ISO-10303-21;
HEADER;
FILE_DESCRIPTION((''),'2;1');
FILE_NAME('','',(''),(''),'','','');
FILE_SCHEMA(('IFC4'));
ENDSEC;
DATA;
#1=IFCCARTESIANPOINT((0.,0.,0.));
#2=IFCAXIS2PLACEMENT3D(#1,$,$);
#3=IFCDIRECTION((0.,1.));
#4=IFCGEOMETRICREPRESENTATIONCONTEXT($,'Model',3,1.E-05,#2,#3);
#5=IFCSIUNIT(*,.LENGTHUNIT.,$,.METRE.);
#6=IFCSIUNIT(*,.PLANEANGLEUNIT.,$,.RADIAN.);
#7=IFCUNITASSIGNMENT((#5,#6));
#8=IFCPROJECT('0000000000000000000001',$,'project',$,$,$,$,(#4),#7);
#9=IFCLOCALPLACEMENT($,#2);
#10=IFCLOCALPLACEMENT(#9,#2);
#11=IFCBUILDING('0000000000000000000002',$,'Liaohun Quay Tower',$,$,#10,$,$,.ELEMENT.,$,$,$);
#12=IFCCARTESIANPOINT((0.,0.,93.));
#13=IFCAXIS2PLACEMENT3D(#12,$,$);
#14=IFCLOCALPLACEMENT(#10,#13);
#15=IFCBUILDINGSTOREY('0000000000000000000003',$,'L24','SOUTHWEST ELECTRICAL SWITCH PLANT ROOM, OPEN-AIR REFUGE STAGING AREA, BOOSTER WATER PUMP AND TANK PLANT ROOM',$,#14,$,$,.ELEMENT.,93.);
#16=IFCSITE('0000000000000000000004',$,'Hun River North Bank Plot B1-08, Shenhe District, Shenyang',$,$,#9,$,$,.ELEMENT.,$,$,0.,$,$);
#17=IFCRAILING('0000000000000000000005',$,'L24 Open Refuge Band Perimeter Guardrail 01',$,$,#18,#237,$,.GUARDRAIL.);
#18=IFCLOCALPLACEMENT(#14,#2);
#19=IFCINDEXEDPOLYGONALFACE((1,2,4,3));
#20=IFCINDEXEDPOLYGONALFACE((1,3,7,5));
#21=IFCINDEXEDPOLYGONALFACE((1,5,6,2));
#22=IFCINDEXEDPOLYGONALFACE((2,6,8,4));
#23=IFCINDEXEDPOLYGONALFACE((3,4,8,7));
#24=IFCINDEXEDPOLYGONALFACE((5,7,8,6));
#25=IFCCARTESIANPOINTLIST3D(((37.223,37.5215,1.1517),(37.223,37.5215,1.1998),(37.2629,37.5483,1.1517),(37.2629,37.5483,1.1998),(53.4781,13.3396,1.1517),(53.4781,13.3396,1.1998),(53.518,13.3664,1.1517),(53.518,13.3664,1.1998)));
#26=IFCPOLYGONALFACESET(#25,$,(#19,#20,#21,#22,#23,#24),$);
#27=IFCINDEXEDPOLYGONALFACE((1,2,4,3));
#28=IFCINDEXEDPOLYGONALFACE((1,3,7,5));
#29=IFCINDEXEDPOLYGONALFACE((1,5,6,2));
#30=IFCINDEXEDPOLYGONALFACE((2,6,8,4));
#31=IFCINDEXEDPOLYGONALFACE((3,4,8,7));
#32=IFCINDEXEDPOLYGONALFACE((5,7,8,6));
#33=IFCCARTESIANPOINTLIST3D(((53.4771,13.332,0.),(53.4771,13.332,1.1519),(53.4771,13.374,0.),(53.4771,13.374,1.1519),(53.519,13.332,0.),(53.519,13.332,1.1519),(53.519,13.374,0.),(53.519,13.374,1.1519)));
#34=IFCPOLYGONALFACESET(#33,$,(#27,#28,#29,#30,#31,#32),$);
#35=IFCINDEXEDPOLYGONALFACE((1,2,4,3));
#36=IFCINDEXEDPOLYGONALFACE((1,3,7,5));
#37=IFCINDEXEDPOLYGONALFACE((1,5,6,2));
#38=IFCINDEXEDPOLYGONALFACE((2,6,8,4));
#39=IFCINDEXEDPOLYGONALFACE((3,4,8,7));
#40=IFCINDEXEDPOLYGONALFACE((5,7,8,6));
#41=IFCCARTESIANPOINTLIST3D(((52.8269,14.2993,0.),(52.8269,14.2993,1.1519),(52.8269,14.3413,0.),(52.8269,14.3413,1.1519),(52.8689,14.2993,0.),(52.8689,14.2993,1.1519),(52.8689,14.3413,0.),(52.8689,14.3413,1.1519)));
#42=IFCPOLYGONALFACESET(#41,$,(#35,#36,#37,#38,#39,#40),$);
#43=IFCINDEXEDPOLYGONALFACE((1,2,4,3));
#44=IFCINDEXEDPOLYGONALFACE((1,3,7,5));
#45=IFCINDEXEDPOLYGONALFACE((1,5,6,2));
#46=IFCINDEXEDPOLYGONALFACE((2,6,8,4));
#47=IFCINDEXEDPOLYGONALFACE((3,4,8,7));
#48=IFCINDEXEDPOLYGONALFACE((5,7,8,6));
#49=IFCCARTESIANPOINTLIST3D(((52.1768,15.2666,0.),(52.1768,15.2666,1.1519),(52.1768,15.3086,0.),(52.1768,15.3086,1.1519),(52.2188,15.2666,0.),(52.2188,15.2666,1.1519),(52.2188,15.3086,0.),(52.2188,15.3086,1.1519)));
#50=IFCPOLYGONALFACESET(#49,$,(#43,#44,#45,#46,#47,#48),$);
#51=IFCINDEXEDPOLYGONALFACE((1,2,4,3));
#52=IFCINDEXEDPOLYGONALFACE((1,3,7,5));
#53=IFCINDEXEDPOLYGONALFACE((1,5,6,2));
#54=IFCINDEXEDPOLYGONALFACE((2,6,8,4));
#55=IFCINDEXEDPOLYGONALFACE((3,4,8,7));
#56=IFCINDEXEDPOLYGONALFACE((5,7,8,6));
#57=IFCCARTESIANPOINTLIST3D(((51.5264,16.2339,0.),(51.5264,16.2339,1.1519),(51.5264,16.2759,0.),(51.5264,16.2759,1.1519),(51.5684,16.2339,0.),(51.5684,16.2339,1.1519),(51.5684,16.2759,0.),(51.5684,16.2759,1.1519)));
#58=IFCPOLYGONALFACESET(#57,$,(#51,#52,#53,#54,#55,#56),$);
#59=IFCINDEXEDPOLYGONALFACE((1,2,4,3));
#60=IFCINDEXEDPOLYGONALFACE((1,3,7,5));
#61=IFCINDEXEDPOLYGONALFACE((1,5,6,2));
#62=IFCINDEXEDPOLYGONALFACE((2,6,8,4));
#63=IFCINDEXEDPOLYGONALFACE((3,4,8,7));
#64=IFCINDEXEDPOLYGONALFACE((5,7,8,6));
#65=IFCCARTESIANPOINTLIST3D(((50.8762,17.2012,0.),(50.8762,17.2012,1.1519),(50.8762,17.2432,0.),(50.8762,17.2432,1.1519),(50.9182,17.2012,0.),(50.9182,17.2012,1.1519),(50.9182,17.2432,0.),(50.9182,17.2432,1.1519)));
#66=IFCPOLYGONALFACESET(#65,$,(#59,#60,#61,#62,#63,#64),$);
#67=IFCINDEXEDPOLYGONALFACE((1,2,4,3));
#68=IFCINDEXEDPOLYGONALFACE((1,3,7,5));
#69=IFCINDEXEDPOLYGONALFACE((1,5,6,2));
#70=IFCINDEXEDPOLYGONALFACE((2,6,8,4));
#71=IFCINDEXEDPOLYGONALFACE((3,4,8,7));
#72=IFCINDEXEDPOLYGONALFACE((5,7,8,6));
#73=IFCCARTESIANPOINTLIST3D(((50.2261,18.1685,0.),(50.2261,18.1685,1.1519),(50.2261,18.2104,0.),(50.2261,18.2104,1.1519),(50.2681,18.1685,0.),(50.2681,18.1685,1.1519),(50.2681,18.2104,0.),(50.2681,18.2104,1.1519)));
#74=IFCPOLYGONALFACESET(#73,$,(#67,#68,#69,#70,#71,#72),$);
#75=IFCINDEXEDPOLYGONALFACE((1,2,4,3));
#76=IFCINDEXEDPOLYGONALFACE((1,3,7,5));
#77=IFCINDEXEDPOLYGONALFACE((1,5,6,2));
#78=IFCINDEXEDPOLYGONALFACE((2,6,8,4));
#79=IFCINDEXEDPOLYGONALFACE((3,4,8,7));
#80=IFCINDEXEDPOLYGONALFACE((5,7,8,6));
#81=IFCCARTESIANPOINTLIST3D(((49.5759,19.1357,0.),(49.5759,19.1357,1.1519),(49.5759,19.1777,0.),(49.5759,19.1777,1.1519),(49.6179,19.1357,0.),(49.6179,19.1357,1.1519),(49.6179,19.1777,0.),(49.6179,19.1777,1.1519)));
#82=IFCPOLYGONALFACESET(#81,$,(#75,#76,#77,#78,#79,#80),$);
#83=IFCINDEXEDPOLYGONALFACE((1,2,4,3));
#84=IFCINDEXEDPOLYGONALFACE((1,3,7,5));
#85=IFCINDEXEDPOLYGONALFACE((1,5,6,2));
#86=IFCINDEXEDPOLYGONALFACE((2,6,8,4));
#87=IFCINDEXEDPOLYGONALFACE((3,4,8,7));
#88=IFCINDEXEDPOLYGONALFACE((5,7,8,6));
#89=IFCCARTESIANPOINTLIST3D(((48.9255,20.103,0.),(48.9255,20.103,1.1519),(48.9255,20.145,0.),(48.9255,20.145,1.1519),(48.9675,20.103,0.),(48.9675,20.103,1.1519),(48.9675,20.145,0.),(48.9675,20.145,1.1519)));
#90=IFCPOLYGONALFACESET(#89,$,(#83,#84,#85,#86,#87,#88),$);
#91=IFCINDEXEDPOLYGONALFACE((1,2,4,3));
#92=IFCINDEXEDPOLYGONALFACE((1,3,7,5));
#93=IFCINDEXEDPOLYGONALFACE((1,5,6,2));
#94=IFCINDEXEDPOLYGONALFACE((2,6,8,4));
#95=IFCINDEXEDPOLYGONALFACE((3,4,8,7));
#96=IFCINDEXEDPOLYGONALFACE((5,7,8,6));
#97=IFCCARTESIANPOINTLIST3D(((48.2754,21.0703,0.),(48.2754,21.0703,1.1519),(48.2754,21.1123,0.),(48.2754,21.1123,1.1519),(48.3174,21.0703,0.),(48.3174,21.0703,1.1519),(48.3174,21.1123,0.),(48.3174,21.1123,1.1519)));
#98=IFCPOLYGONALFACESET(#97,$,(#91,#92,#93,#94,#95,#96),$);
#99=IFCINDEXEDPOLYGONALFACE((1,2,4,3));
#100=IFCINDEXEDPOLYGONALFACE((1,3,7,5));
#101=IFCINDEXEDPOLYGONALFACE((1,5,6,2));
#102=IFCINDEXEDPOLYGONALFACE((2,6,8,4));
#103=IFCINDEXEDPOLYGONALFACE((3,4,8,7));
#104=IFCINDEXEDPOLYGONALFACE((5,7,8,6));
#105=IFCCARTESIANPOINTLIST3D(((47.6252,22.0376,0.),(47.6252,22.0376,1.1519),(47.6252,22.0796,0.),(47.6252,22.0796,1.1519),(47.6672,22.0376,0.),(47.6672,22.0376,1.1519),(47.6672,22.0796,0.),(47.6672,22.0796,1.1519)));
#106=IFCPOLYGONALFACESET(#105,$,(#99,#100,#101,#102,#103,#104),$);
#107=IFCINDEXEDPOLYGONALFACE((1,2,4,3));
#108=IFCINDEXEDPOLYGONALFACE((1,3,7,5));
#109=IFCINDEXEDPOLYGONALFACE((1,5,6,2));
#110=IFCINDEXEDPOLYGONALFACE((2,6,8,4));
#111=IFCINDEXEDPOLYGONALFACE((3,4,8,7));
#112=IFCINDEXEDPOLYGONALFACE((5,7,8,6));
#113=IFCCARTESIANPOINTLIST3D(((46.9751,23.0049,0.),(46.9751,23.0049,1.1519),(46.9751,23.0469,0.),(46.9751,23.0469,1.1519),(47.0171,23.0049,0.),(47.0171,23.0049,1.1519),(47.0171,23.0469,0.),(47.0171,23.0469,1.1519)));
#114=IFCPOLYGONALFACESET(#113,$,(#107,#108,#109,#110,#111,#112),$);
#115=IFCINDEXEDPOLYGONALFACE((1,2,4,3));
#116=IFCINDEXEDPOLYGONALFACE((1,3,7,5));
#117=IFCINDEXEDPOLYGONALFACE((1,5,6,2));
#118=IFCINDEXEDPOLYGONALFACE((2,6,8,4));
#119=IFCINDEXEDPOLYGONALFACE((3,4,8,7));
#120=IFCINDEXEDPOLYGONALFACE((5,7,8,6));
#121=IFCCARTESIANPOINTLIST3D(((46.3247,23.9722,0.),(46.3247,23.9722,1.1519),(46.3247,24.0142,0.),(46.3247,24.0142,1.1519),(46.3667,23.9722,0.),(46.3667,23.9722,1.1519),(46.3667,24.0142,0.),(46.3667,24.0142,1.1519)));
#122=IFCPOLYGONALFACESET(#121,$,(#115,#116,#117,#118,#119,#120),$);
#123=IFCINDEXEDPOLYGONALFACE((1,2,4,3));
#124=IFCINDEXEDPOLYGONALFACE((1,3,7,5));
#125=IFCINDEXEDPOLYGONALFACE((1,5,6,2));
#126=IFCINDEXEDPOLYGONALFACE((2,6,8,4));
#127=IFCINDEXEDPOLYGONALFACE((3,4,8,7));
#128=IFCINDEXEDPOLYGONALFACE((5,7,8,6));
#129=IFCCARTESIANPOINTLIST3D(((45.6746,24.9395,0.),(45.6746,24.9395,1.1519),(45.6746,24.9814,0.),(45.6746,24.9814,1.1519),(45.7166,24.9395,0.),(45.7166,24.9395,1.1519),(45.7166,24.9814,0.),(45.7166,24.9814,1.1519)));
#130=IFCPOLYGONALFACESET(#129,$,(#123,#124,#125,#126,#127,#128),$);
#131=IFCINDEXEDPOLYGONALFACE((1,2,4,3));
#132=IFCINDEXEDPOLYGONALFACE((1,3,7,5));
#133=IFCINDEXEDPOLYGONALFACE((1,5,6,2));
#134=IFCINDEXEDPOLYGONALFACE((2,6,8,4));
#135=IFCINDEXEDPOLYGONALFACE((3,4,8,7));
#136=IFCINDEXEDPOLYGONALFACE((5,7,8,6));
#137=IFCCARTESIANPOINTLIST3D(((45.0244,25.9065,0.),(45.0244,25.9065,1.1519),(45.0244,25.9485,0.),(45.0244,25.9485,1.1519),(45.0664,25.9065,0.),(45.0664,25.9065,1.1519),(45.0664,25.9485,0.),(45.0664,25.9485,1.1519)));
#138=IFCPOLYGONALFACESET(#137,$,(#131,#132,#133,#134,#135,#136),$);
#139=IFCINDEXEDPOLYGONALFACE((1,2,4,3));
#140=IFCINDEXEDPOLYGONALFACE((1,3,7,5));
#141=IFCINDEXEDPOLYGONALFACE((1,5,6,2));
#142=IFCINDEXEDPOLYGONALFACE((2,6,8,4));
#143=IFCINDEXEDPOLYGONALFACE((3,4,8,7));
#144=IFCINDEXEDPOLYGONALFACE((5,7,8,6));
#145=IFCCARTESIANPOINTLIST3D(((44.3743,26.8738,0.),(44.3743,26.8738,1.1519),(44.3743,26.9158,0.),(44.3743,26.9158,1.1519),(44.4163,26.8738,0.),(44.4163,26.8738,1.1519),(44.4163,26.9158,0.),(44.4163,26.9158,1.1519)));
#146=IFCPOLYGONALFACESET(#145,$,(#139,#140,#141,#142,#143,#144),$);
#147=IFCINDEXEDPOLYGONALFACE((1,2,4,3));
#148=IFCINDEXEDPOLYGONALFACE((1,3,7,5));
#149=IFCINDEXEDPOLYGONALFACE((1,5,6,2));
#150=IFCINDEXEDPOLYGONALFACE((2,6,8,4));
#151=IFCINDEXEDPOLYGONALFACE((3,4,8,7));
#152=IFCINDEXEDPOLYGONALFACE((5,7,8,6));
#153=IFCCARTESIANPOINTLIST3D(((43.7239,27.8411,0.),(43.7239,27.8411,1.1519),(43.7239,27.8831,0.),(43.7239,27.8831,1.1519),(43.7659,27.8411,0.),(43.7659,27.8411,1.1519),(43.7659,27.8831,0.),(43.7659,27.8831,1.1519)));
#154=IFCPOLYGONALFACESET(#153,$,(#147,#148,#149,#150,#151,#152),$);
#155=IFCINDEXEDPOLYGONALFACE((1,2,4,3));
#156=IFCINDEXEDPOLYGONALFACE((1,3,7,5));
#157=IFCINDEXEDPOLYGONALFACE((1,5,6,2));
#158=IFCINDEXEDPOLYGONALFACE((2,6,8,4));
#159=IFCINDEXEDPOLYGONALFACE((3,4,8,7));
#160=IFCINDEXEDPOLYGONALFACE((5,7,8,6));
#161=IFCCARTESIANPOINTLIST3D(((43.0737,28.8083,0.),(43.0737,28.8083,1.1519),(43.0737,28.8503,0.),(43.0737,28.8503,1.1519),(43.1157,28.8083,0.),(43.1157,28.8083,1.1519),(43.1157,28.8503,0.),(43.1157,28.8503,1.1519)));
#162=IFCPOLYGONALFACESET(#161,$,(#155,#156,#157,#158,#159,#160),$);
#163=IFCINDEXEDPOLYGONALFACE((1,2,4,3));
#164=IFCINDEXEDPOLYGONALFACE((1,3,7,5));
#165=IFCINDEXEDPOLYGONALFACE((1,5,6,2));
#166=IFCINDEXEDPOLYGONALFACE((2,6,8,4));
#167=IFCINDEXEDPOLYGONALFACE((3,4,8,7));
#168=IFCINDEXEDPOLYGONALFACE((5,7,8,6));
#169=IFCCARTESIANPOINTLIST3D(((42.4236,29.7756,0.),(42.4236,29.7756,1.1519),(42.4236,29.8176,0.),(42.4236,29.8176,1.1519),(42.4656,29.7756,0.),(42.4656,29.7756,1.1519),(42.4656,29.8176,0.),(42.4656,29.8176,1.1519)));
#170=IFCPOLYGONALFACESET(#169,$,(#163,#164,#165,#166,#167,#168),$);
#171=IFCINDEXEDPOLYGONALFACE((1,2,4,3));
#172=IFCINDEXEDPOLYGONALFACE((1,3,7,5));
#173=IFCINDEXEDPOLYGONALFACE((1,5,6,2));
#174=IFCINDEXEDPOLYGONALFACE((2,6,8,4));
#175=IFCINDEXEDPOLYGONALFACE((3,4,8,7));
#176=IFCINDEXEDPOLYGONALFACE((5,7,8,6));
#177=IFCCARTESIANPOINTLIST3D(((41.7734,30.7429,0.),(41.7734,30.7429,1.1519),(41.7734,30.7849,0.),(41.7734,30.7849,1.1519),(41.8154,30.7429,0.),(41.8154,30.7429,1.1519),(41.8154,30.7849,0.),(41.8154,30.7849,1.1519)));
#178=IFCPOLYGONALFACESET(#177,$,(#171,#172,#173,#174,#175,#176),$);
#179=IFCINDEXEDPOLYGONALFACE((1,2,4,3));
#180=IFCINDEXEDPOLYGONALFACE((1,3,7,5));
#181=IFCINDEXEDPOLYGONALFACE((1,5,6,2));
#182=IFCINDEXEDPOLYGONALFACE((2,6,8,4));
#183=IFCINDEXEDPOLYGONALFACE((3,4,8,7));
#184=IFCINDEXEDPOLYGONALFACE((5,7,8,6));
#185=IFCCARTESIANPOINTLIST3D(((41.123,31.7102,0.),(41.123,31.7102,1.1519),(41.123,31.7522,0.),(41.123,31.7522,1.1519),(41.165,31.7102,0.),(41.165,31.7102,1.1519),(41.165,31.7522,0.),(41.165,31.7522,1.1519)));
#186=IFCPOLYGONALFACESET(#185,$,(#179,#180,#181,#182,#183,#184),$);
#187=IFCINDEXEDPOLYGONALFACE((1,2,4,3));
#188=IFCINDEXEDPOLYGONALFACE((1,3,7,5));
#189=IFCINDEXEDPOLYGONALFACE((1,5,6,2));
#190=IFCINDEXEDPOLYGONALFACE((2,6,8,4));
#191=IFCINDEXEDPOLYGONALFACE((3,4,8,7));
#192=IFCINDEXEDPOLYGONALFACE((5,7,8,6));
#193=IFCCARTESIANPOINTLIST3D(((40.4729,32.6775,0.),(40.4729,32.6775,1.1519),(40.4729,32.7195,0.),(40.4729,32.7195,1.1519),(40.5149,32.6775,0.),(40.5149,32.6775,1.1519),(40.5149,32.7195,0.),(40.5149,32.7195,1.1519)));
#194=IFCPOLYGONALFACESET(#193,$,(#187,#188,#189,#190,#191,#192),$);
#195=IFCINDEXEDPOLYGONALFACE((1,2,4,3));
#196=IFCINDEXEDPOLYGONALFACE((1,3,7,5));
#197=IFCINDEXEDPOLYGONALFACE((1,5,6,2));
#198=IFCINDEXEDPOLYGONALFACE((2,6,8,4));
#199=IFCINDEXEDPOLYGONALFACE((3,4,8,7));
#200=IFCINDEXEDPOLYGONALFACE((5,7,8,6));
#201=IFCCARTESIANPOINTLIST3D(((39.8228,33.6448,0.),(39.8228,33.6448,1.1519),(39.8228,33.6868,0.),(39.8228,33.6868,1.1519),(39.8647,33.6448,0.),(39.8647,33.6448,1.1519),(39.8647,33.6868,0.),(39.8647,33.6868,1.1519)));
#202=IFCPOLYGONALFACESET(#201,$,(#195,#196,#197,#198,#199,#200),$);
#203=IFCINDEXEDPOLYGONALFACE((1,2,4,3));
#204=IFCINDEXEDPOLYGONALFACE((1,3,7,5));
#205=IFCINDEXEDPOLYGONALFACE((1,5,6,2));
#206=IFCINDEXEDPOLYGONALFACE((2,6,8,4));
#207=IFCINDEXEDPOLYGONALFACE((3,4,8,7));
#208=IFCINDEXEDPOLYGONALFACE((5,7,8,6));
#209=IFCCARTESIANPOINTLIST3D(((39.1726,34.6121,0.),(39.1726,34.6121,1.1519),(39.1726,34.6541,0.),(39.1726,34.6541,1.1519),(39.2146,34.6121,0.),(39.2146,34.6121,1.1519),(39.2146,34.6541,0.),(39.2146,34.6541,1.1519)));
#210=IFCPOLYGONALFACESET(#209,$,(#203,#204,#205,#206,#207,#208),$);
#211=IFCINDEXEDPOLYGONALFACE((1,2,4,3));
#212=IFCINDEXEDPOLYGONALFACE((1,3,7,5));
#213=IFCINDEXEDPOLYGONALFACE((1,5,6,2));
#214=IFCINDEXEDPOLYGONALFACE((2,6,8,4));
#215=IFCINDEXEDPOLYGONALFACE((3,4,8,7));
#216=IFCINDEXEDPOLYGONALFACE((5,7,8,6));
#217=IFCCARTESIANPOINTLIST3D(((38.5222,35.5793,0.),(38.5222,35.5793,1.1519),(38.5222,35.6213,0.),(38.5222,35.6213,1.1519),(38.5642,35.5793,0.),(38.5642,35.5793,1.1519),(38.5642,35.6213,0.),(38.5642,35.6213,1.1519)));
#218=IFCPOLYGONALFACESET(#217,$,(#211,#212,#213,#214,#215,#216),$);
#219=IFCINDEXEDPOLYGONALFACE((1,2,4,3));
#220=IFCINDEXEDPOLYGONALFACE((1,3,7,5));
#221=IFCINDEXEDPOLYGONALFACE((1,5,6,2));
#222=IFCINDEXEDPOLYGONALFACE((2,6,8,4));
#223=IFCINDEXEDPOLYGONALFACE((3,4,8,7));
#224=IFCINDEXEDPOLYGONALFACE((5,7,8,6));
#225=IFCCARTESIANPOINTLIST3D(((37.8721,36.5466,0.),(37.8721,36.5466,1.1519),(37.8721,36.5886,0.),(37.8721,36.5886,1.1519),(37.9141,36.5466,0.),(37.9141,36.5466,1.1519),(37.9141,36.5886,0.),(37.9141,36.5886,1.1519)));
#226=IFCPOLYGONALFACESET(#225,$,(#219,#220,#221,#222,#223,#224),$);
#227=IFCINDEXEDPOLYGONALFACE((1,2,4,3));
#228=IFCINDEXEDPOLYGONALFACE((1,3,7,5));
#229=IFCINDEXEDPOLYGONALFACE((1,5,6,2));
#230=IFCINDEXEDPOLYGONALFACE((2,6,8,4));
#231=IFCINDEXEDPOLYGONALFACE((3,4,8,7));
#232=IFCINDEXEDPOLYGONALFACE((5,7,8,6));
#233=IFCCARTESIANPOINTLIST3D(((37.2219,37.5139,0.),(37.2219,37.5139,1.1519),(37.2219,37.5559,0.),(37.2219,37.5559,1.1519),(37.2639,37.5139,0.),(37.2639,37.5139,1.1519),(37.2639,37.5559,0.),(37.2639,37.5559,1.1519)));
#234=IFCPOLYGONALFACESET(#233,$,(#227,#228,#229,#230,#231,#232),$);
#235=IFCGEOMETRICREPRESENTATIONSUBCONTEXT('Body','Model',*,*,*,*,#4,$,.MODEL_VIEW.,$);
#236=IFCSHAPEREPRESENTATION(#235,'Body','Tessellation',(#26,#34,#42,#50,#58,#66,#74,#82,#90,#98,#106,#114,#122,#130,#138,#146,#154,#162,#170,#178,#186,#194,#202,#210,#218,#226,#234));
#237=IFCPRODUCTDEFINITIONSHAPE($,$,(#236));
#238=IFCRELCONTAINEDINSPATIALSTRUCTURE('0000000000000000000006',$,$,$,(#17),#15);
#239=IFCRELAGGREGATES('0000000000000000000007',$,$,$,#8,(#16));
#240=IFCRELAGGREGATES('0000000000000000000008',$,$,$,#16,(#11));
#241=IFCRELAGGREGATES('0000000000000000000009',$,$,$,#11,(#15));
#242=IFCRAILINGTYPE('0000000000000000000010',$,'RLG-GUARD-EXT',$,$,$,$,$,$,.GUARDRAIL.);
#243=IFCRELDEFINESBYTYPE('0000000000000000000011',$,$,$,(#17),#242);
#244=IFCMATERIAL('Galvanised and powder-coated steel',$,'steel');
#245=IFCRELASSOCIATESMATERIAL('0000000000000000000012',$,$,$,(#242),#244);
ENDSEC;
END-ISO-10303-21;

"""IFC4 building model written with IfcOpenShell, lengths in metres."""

from ifc_helpers import new_model, si_unit, direction, frame, origin, origin_2d, place, context, subcontext, project, spatial, rectangle, extrude, material, type_object, element, save


model = new_model("IFC4")

# Units and contexts
model_context = context("Model", 3, precision=1e-05, world=origin(), true_north=direction((0.0, 1.0)))
body_context = subcontext(model_context, "Body", "Model", "MODEL_VIEW")
ifc_project = project(units=[si_unit("LENGTHUNIT", "METRE"), si_unit("PLANEANGLEUNIT", "RADIAN")], contexts=[model_context])

# Site, building, storey
site_placement = place(None, origin())
site = spatial("IfcSite", under=ifc_project, at=site_placement, Name="Hun River North Bank Plot B1-08, Shenhe District, Shenyang", CompositionType="ELEMENT", RefElevation=0.0)
building_placement = place(site_placement, origin())
building = spatial("IfcBuilding", under=site, at=building_placement, Name="Liaohun Quay Tower", CompositionType="ELEMENT")
storey_placement = place(building_placement, frame((0.0, 0.0, 93.0)))
storey = spatial("IfcBuildingStorey", under=building, at=storey_placement, Name="L24", Description="SOUTHWEST ELECTRICAL SWITCH PLANT ROOM, OPEN-AIR REFUGE STAGING AREA, BOOSTER WATER PUMP AND TANK PLANT ROOM", CompositionType="ELEMENT", Elevation=93.0)

# Railing
ifc_material_1 = material(Name="Galvanised and powder-coated steel", Category="steel")
railing_type = type_object("IfcRailingType", Name="RLG-GUARD-EXT", PredefinedType="GUARDRAIL", material=ifc_material_1)
railing_placement = place(storey_placement, frame((53.498, 13.353, 0.0)))
element("IfcRailing", 1, at=railing_placement, inside=storey, type_object=railing_type, Name="L24 Open Refuge Band Perimeter Guardrail 01", PredefinedType="GUARDRAIL", context=body_context, shape_type="SweptSolid", body=[
    extrude(rectangle(XDim=0.0481, YDim=0.0481, at=origin_2d()), frame((0.0, 0.0, 1.1758), z_axis=(-0.557877, 0.829924, 0.0), x_axis=(-0.829924, -0.557877, 0.0)), (0.0, 0.0, 1.0), 29.1375),
    extrude(rectangle(XDim=0.042, YDim=0.042, at=origin_2d()), origin(), (0.0, 0.0, 1.0), 1.1519),
    extrude(rectangle(XDim=0.042, YDim=0.042, at=origin_2d()), frame((-0.6501, 0.9673, 0.0)), (0.0, 0.0, 1.0), 1.1519),
    extrude(rectangle(XDim=0.042, YDim=0.042, at=origin_2d()), frame((-1.3003, 1.9346, 0.0)), (0.0, 0.0, 1.0), 1.1519),
    extrude(rectangle(XDim=0.042, YDim=0.042, at=origin_2d()), frame((-1.9507, 2.9019, 0.0)), (0.0, 0.0, 1.0), 1.1519),
    extrude(rectangle(XDim=0.042, YDim=0.042, at=origin_2d()), frame((-2.6008, 3.8691, 0.0)), (0.0, 0.0, 1.0), 1.1519),
    extrude(rectangle(XDim=0.042, YDim=0.042, at=origin_2d()), frame((-3.251, 4.8364, 0.0)), (0.0, 0.0, 1.0), 1.1519),
    extrude(rectangle(XDim=0.042, YDim=0.042, at=origin_2d()), frame((-3.9011, 5.8037, 0.0)), (0.0, 0.0, 1.0), 1.1519),
    extrude(rectangle(XDim=0.042, YDim=0.042, at=origin_2d()), frame((-4.5515, 6.771, 0.0)), (0.0, 0.0, 1.0), 1.1519),
    extrude(rectangle(XDim=0.042, YDim=0.042, at=origin_2d()), frame((-5.2017, 7.7383, 0.0)), (0.0, 0.0, 1.0), 1.1519),
    extrude(rectangle(XDim=0.042, YDim=0.042, at=origin_2d()), frame((-5.8518, 8.7056, 0.0)), (0.0, 0.0, 1.0), 1.1519),
    extrude(rectangle(XDim=0.042, YDim=0.042, at=origin_2d()), frame((-6.502, 9.6729, 0.0)), (0.0, 0.0, 1.0), 1.1519),
    extrude(rectangle(XDim=0.042, YDim=0.042, at=origin_2d()), frame((-7.1523, 10.6401, 0.0)), (0.0, 0.0, 1.0), 1.1519),
    extrude(rectangle(XDim=0.042, YDim=0.042, at=origin_2d()), frame((-7.8025, 11.6074, 0.0)), (0.0, 0.0, 1.0), 1.1519),
    extrude(rectangle(XDim=0.042, YDim=0.042, at=origin_2d()), frame((-8.4526, 12.5745, 0.0)), (0.0, 0.0, 1.0), 1.1519),
    extrude(rectangle(XDim=0.042, YDim=0.042, at=origin_2d()), frame((-9.1028, 13.5417, 0.0)), (0.0, 0.0, 1.0), 1.1519),
    extrude(rectangle(XDim=0.042, YDim=0.042, at=origin_2d()), frame((-9.7532, 14.509, 0.0)), (0.0, 0.0, 1.0), 1.1519),
    extrude(rectangle(XDim=0.042, YDim=0.042, at=origin_2d()), frame((-10.4033, 15.4763, 0.0)), (0.0, 0.0, 1.0), 1.1519),
    extrude(rectangle(XDim=0.042, YDim=0.042, at=origin_2d()), frame((-11.0535, 16.4436, 0.0)), (0.0, 0.0, 1.0), 1.1519),
    extrude(rectangle(XDim=0.042, YDim=0.042, at=origin_2d()), frame((-11.7036, 17.4109, 0.0)), (0.0, 0.0, 1.0), 1.1519),
    extrude(rectangle(XDim=0.042, YDim=0.042, at=origin_2d()), frame((-12.354, 18.3782, 0.0)), (0.0, 0.0, 1.0), 1.1519),
    extrude(rectangle(XDim=0.042, YDim=0.042, at=origin_2d()), frame((-13.0042, 19.3455, 0.0)), (0.0, 0.0, 1.0), 1.1519),
    extrude(rectangle(XDim=0.042, YDim=0.042, at=origin_2d()), frame((-13.6543, 20.3127, 0.0)), (0.0, 0.0, 1.0), 1.1519),
    extrude(rectangle(XDim=0.042, YDim=0.042, at=origin_2d()), frame((-14.3044, 21.28, 0.0)), (0.0, 0.0, 1.0), 1.1519),
    extrude(rectangle(XDim=0.042, YDim=0.042, at=origin_2d()), frame((-14.9548, 22.2473, 0.0)), (0.0, 0.0, 1.0), 1.1519),
    extrude(rectangle(XDim=0.042, YDim=0.042, at=origin_2d()), frame((-15.605, 23.2146, 0.0)), (0.0, 0.0, 1.0), 1.1519),
    extrude(rectangle(XDim=0.042, YDim=0.042, at=origin_2d()), frame((-16.2551, 24.1819, 0.0)), (0.0, 0.0, 1.0), 1.1519),
])

save(model, "model.ifc")
